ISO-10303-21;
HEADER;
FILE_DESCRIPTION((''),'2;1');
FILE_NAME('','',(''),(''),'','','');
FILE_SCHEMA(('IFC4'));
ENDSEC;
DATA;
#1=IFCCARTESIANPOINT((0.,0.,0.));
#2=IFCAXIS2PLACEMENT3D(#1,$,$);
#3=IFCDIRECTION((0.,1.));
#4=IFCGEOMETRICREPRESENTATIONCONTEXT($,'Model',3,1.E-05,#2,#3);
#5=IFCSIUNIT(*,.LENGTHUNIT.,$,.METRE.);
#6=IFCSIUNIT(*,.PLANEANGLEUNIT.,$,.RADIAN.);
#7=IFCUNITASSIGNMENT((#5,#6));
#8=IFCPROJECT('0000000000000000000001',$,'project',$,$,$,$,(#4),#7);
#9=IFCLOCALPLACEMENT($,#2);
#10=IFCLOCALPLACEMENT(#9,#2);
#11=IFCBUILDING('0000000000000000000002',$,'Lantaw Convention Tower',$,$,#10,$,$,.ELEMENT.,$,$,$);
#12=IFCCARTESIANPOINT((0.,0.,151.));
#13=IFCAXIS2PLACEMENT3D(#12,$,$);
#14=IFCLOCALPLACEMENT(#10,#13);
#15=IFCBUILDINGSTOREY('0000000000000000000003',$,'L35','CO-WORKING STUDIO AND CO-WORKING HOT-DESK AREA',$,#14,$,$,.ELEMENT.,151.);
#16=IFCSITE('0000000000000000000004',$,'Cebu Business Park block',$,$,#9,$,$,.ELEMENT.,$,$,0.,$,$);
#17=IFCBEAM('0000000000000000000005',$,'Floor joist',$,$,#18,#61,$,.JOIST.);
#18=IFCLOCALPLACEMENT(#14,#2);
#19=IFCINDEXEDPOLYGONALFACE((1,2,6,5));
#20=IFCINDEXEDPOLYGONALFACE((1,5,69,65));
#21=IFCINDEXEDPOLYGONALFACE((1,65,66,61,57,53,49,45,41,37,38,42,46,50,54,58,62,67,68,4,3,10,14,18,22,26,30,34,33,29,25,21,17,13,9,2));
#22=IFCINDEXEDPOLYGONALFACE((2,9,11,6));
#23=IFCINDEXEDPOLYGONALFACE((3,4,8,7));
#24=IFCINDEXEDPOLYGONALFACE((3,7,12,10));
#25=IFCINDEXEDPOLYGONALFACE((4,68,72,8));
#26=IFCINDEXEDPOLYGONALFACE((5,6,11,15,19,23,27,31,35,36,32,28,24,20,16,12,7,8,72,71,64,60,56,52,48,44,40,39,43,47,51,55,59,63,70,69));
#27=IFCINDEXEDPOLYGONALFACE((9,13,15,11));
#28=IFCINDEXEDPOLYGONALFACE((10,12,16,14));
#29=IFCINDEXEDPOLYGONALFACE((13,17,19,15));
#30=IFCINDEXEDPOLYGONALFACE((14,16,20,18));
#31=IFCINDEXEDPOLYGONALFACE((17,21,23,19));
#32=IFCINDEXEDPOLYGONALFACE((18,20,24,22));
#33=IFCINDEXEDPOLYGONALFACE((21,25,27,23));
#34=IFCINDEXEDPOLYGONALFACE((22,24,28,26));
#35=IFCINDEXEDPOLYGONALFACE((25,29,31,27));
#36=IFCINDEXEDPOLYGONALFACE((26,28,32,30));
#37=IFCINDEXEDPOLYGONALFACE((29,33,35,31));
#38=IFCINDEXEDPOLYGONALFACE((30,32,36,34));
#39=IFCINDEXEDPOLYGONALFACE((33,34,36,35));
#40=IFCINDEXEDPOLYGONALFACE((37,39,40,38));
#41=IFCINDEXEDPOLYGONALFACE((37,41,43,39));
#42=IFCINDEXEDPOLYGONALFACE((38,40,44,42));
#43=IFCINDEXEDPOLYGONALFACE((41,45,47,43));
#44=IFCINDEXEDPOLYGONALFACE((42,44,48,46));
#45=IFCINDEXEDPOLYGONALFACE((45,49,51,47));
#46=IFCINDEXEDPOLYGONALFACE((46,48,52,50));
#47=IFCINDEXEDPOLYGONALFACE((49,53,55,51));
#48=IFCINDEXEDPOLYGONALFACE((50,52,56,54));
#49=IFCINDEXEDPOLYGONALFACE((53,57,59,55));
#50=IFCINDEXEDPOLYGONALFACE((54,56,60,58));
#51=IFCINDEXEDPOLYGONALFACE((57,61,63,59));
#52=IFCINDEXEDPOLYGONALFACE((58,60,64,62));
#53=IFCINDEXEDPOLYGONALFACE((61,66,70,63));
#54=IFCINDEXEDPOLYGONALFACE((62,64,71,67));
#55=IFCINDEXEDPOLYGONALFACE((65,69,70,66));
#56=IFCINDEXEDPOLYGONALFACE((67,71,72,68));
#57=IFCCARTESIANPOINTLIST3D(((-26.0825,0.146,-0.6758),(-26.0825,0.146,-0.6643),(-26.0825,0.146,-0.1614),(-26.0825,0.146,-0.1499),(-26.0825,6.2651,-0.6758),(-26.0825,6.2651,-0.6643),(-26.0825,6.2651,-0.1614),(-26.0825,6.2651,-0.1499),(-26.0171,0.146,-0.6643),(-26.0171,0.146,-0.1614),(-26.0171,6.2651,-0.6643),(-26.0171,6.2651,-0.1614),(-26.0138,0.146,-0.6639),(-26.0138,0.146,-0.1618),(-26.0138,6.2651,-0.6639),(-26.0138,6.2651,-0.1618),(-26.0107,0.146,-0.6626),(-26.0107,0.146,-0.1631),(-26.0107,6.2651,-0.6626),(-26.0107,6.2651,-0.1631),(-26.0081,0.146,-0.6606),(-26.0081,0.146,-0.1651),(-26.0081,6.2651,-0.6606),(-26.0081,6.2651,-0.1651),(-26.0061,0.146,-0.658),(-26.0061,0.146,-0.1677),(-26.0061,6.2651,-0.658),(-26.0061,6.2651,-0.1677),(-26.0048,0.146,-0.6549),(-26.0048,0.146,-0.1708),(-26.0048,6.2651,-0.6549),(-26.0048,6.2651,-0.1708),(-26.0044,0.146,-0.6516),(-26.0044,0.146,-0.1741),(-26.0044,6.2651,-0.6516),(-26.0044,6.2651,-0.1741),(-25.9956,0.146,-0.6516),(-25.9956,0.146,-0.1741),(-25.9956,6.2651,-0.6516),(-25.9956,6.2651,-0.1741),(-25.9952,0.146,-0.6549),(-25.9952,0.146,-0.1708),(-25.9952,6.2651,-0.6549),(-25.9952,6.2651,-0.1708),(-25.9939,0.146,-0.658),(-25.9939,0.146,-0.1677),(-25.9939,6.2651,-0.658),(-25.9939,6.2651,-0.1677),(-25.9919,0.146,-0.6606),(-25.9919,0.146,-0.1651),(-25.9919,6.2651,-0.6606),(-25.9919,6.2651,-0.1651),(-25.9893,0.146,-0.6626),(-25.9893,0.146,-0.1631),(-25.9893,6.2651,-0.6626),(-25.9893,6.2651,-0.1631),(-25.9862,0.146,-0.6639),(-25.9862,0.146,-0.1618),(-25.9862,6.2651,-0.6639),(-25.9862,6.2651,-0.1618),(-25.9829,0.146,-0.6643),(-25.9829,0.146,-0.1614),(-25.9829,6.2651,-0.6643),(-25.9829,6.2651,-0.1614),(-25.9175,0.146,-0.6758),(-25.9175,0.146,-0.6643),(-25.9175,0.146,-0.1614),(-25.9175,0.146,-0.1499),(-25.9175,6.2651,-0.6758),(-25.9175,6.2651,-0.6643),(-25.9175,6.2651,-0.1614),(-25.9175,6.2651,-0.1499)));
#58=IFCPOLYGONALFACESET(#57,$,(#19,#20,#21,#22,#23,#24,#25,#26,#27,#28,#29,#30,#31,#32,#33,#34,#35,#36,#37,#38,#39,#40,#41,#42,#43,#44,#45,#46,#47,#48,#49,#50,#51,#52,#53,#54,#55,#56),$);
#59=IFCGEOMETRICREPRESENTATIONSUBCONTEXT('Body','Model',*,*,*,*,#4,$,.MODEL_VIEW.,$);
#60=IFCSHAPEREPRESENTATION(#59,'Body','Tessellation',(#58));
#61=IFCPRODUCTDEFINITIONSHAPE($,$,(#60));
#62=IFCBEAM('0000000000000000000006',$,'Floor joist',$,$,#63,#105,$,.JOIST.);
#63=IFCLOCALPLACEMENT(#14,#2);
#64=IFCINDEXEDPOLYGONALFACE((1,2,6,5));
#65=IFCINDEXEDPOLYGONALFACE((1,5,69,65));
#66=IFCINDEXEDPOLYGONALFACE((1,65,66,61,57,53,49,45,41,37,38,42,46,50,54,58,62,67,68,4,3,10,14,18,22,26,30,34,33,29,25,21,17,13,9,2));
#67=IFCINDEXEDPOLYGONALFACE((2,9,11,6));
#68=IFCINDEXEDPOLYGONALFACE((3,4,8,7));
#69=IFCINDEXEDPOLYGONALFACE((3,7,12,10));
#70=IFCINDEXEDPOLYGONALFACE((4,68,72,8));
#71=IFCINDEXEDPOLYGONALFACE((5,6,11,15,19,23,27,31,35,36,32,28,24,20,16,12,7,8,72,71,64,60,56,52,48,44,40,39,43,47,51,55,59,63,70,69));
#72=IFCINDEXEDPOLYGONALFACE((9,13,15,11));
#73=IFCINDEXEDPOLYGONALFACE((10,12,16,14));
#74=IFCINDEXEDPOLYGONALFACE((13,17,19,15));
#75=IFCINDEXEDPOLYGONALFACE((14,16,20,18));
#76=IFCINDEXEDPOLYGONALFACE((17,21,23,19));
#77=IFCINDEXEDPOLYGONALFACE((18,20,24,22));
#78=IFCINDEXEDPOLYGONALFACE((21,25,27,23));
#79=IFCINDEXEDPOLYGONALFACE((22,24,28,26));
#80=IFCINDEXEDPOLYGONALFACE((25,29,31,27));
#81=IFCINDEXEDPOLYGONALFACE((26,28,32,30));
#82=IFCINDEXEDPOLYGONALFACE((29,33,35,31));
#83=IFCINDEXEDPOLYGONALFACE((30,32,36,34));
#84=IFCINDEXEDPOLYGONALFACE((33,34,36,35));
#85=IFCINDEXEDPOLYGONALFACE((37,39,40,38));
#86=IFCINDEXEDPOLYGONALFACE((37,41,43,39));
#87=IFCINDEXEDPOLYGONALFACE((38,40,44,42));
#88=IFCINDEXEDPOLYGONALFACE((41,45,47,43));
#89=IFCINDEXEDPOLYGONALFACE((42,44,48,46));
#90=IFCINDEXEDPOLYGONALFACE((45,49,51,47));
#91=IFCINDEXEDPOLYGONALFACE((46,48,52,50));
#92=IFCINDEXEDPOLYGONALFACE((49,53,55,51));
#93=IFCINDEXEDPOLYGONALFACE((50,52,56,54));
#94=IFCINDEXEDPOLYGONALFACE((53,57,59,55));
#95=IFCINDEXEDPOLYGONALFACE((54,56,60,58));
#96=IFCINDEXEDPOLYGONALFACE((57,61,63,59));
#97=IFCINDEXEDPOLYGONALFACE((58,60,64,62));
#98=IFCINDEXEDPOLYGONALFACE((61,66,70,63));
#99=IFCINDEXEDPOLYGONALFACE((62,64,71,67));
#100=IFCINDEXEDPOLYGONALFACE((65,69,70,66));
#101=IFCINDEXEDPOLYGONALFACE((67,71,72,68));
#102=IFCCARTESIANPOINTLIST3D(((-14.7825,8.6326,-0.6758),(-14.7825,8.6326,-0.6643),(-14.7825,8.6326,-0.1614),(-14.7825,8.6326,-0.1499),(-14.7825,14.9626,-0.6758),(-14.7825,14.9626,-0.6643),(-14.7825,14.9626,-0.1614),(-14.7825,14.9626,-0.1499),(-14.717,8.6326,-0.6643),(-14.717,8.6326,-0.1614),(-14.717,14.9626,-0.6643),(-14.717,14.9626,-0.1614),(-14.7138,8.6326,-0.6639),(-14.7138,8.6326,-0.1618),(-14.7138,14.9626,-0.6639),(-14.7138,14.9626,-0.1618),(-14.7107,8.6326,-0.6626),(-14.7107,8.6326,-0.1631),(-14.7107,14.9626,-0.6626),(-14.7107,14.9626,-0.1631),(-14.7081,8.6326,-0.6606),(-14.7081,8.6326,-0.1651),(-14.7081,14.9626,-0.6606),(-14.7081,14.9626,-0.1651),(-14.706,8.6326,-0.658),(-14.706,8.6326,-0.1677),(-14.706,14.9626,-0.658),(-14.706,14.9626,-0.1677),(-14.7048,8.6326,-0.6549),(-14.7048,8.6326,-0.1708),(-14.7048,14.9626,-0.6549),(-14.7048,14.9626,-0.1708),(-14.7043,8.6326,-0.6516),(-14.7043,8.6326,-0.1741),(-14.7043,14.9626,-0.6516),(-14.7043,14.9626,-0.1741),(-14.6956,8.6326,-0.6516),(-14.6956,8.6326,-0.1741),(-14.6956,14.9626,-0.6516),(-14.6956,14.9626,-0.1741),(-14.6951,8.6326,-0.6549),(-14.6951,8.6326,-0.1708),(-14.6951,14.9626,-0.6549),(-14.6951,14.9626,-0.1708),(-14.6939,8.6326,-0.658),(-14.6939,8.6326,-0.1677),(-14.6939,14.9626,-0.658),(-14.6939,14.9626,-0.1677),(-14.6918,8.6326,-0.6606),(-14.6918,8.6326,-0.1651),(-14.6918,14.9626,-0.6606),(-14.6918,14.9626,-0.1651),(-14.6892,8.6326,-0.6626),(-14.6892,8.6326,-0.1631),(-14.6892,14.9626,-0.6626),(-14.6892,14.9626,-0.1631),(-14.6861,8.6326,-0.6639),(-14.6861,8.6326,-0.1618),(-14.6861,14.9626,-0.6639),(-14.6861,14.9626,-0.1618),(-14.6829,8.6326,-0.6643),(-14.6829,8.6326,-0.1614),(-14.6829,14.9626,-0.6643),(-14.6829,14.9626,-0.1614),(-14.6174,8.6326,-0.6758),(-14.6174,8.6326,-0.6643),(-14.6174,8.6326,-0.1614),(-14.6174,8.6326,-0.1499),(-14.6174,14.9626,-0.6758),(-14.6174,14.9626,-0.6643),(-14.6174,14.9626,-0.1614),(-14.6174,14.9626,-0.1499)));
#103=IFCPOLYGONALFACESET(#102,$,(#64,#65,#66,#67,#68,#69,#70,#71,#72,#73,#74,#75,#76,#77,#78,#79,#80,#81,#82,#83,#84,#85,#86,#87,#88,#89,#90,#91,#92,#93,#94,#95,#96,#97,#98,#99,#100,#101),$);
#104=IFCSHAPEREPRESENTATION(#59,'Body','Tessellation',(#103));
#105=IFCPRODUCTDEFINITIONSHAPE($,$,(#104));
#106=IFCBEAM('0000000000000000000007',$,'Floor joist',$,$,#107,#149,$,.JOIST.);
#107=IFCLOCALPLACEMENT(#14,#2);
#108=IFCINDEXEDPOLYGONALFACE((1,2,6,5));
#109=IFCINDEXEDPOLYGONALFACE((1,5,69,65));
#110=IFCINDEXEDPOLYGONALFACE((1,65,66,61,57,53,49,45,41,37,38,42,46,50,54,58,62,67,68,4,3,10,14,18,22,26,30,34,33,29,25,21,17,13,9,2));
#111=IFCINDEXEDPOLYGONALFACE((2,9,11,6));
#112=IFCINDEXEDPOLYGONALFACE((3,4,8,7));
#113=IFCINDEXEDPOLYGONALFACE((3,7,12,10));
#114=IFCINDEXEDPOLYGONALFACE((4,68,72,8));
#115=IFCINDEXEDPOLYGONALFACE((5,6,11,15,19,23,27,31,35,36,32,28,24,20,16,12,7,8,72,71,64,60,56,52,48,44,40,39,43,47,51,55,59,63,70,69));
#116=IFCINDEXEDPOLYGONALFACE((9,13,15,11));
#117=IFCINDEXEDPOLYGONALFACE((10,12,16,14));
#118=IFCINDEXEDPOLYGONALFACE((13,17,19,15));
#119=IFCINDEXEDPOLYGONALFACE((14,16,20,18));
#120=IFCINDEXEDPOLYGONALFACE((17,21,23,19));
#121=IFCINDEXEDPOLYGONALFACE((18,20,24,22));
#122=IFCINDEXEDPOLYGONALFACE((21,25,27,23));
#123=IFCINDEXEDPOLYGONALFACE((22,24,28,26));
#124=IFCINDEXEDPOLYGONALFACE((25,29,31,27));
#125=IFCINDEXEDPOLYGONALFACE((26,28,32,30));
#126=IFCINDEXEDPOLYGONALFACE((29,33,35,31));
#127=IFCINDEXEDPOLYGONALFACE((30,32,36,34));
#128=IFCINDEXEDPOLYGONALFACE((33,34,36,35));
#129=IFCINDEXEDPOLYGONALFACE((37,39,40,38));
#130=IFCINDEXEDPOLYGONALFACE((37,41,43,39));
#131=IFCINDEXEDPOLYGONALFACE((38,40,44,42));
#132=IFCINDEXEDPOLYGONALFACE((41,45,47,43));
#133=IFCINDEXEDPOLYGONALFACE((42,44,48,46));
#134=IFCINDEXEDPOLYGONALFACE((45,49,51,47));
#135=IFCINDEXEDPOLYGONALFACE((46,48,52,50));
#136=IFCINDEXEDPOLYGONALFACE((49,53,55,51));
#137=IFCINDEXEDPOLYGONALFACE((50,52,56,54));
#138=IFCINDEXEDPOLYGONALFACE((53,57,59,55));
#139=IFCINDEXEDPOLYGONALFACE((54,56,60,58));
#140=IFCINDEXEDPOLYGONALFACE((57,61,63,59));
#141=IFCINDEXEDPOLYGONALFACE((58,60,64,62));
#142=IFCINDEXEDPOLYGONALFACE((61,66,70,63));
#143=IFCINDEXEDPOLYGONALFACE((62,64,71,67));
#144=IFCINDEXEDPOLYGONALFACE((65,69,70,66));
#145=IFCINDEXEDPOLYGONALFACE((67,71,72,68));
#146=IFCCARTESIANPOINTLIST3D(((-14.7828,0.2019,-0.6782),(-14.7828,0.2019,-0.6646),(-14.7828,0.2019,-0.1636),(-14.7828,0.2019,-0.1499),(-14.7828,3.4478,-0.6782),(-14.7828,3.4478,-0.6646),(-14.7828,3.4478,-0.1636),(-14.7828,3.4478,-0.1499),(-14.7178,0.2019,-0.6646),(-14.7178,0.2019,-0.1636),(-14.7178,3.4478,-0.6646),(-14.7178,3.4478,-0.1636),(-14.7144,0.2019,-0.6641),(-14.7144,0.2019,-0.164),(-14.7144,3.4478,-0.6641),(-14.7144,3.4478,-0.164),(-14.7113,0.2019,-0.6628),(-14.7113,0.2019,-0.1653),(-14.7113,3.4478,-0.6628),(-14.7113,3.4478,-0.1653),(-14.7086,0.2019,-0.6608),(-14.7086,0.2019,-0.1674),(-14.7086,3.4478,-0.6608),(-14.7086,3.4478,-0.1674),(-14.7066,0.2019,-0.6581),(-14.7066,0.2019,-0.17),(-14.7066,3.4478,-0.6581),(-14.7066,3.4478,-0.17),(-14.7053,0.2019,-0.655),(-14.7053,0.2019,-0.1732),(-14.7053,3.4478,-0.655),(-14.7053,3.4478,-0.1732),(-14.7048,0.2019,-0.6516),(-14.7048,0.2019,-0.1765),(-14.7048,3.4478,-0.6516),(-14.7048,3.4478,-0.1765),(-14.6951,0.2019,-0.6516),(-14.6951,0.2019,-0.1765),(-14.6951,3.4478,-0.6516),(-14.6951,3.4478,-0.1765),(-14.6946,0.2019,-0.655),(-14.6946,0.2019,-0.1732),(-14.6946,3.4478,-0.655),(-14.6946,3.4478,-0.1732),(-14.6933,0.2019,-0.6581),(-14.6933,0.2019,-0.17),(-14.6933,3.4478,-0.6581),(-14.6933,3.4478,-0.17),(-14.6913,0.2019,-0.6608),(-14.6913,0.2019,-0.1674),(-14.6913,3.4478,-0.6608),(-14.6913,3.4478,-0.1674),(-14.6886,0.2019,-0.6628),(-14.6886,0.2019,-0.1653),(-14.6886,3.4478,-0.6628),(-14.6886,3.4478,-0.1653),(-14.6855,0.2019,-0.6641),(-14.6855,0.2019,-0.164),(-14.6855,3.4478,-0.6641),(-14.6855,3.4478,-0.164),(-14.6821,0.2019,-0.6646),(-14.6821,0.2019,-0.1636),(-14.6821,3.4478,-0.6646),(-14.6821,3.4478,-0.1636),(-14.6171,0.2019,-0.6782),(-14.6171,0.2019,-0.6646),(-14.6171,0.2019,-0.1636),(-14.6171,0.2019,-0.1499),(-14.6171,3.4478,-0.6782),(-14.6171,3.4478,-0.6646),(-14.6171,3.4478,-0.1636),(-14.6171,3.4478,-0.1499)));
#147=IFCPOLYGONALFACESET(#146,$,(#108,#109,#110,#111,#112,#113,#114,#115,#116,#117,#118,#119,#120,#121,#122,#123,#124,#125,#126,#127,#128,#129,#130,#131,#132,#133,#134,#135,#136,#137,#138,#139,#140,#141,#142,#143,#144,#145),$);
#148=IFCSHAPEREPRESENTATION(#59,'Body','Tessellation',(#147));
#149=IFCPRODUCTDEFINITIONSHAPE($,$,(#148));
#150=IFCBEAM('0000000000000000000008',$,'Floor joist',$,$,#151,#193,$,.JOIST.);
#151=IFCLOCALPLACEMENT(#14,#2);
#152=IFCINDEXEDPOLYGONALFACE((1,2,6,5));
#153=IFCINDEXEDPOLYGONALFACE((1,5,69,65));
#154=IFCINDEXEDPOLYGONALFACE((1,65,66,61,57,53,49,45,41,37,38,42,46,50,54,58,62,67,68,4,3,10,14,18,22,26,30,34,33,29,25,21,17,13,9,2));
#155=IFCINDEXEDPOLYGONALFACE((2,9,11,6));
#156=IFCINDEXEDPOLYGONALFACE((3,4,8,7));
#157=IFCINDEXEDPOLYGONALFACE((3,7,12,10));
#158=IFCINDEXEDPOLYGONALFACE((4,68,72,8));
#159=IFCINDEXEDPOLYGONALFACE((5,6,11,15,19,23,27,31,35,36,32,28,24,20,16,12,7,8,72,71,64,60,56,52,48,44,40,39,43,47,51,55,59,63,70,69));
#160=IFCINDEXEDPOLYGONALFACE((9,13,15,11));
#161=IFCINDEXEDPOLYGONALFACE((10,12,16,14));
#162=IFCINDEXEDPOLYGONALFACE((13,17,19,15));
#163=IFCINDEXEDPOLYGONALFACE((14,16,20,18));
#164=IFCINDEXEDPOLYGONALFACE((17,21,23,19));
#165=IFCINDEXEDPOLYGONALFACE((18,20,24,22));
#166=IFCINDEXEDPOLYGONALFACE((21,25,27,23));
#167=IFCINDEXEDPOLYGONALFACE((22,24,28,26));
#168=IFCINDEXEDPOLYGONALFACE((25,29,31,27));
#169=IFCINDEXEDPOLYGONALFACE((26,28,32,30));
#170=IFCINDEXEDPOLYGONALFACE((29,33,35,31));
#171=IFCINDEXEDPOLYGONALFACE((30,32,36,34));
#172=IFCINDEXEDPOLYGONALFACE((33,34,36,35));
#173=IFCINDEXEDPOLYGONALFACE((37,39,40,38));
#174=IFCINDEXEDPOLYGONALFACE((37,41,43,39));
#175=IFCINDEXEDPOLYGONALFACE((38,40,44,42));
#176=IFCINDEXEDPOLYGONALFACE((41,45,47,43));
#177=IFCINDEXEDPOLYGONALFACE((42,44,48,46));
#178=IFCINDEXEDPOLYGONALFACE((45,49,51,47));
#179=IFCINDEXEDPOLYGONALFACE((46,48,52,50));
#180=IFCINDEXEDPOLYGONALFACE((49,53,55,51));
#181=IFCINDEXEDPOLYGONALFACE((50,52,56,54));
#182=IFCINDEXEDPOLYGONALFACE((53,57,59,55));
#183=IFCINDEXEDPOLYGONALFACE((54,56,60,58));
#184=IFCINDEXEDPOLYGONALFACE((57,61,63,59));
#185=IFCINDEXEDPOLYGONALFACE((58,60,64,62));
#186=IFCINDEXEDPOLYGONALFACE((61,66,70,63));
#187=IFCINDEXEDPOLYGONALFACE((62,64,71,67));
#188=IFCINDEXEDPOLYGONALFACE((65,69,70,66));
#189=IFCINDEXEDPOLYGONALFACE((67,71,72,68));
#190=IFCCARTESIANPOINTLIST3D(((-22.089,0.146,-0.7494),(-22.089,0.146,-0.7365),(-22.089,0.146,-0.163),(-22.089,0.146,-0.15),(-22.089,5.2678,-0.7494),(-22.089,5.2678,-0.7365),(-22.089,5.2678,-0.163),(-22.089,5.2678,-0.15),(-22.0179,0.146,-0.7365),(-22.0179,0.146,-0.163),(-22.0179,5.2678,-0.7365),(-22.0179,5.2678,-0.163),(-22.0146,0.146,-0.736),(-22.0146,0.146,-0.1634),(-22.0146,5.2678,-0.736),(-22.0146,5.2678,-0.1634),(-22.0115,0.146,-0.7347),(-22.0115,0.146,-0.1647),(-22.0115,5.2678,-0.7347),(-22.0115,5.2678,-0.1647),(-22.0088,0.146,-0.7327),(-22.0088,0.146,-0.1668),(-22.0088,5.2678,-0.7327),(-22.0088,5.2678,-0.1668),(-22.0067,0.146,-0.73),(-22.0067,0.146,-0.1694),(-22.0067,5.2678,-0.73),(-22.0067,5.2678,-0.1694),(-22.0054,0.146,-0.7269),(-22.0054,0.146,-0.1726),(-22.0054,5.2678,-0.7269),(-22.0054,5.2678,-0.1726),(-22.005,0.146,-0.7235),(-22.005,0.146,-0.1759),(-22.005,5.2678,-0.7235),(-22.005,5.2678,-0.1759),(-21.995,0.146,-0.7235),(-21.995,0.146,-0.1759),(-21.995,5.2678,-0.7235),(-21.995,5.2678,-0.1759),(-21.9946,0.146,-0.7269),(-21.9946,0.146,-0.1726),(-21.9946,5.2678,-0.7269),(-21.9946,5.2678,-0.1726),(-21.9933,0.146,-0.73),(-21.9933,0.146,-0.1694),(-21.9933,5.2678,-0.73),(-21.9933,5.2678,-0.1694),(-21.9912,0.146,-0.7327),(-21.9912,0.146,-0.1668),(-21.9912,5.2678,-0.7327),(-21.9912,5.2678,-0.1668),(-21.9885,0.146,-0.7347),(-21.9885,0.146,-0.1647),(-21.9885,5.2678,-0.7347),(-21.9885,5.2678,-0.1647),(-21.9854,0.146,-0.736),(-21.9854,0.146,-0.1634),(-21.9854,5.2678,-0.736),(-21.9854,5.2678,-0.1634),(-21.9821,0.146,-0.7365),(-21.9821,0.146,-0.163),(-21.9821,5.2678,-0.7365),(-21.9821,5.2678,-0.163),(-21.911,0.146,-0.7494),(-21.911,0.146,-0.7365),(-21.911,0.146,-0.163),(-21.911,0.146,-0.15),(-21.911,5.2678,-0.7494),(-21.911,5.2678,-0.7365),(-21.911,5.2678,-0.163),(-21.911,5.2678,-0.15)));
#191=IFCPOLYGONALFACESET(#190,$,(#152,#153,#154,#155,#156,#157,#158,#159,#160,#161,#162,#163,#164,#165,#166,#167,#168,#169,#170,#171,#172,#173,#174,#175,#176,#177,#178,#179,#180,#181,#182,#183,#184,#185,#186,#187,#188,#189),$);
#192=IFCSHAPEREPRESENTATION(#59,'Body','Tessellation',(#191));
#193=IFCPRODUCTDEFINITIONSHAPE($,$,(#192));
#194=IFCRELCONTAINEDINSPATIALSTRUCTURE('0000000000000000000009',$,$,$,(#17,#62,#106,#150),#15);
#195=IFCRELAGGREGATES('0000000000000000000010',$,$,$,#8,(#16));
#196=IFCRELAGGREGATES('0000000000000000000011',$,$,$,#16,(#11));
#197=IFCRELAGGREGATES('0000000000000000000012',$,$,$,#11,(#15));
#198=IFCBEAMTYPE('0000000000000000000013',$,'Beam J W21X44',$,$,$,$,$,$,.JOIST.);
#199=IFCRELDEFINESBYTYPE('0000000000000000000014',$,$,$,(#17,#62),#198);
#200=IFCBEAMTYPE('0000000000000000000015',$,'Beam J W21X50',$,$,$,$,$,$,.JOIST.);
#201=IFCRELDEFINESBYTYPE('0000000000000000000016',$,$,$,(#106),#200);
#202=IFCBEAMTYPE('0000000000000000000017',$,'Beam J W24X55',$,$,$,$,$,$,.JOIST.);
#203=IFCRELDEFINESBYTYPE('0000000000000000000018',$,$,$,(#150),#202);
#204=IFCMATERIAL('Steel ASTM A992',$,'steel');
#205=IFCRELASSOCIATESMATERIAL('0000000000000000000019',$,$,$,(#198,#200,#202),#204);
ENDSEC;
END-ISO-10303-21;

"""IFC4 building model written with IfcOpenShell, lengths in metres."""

from ifc_helpers import new_model, si_unit, direction, frame, origin, origin_2d, place, context, subcontext, project, spatial, i_section, extrude, material, material_profile, profile_set, type_object, element, save


model = new_model("IFC4")

# Units and contexts
model_context = context("Model", 3, precision=1e-05, world=origin(), true_north=direction((0.0, 1.0)))
body_context = subcontext(model_context, "Body", "Model", "MODEL_VIEW")
ifc_project = project(units=[si_unit("LENGTHUNIT", "METRE"), si_unit("PLANEANGLEUNIT", "RADIAN")], contexts=[model_context])

# Site, building, storey
site_placement = place(None, origin())
site = spatial("IfcSite", under=ifc_project, at=site_placement, Name="Cebu Business Park block", CompositionType="ELEMENT", RefElevation=0.0)
building_placement = place(site_placement, origin())
building = spatial("IfcBuilding", under=site, at=building_placement, Name="Lantaw Convention Tower", CompositionType="ELEMENT")
storey_placement = place(building_placement, frame((0.0, 0.0, 151.0)))
storey = spatial("IfcBuildingStorey", under=building, at=storey_placement, Name="L35", Description="CO-WORKING STUDIO AND CO-WORKING HOT-DESK AREA", CompositionType="ELEMENT", Elevation=151.0)

# Beams
ifc_material_1 = material(Name="Steel ASTM A992", Category="steel")
ifc_material_profile_1 = material_profile(ifc_material_1, i_section(OverallWidth=0.165, OverallDepth=0.5259, WebThickness=0.0088, FlangeThickness=0.0115, FilletRadius=0.0127, at=origin_2d()), Name="W21X44")
ifc_profile_set_1 = profile_set([ifc_material_profile_1], Name="Steel ASTM A992")
beam_type_1 = type_object("IfcBeamType", Name="Beam J W21X44", PredefinedType="JOIST", material=ifc_profile_set_1)
beam_1_placement = place(storey_placement, frame((-26.0, 0.146, -0.4128), z_axis=(0.0, 1.0, 0.0), x_axis=(-1.0, 0.0, 0.0)))
element("IfcBeam", 1, at=beam_1_placement, inside=storey, type_object=beam_type_1, Name="Floor joist", PredefinedType="JOIST", context=body_context, shape_type="SweptSolid", body=[
    extrude(i_section(OverallWidth=0.165, OverallDepth=0.5259, WebThickness=0.0088, FlangeThickness=0.0115, FilletRadius=0.0127, at=origin_2d()), origin(), (0.0, 0.0, 1.0), 6.1191),
])
beam_2_placement = place(storey_placement, frame((-14.7, 8.6326, -0.4128), z_axis=(0.0, 1.0, 0.0), x_axis=(-1.0, 0.0, 0.0)))
element("IfcBeam", 2, at=beam_2_placement, inside=storey, type_object=beam_type_1, Name="Floor joist", PredefinedType="JOIST", context=body_context, shape_type="SweptSolid", body=[
    extrude(i_section(OverallWidth=0.165, OverallDepth=0.5259, WebThickness=0.0088, FlangeThickness=0.0115, FilletRadius=0.0127, at=origin_2d()), origin(), (0.0, 0.0, 1.0), 6.3301),
])
ifc_material_profile_2 = material_profile(ifc_material_1, i_section(OverallWidth=0.1658, OverallDepth=0.5283, WebThickness=0.0098, FlangeThickness=0.0137, FilletRadius=0.0129, at=origin_2d()), Name="W21X50")
ifc_profile_set_2 = profile_set([ifc_material_profile_2], Name="Steel ASTM A992")
beam_type_2 = type_object("IfcBeamType", Name="Beam J W21X50", PredefinedType="JOIST", material=ifc_profile_set_2)
beam_3_placement = place(storey_placement, frame((-14.7, 0.2019, -0.4141), z_axis=(0.0, 1.0, 0.0), x_axis=(-1.0, 0.0, 0.0)))
element("IfcBeam", 3, at=beam_3_placement, inside=storey, type_object=beam_type_2, Name="Floor joist", PredefinedType="JOIST", context=body_context, shape_type="SweptSolid", body=[
    extrude(i_section(OverallWidth=0.1658, OverallDepth=0.5283, WebThickness=0.0098, FlangeThickness=0.0137, FilletRadius=0.0129, at=origin_2d()), origin(), (0.0, 0.0, 1.0), 3.2458),
])
ifc_material_profile_3 = material_profile(ifc_material_1, i_section(OverallWidth=0.178, OverallDepth=0.5994, WebThickness=0.01, FlangeThickness=0.0129, FilletRadius=0.0129, at=origin_2d()), Name="W24X55")
ifc_profile_set_3 = profile_set([ifc_material_profile_3], Name="Steel ASTM A992")
beam_type_3 = type_object("IfcBeamType", Name="Beam J W24X55", PredefinedType="JOIST", material=ifc_profile_set_3)
beam_4_placement = place(storey_placement, frame((-22.0, 0.146, -0.4497), z_axis=(0.0, 1.0, 0.0), x_axis=(-1.0, 0.0, 0.0)))
element("IfcBeam", 4, at=beam_4_placement, inside=storey, type_object=beam_type_3, Name="Floor joist", PredefinedType="JOIST", context=body_context, shape_type="SweptSolid", body=[
    extrude(i_section(OverallWidth=0.178, OverallDepth=0.5994, WebThickness=0.01, FlangeThickness=0.0129, FilletRadius=0.0129, at=origin_2d()), origin(), (0.0, 0.0, 1.0), 5.1218),
])

save(model, "model.ifc")
